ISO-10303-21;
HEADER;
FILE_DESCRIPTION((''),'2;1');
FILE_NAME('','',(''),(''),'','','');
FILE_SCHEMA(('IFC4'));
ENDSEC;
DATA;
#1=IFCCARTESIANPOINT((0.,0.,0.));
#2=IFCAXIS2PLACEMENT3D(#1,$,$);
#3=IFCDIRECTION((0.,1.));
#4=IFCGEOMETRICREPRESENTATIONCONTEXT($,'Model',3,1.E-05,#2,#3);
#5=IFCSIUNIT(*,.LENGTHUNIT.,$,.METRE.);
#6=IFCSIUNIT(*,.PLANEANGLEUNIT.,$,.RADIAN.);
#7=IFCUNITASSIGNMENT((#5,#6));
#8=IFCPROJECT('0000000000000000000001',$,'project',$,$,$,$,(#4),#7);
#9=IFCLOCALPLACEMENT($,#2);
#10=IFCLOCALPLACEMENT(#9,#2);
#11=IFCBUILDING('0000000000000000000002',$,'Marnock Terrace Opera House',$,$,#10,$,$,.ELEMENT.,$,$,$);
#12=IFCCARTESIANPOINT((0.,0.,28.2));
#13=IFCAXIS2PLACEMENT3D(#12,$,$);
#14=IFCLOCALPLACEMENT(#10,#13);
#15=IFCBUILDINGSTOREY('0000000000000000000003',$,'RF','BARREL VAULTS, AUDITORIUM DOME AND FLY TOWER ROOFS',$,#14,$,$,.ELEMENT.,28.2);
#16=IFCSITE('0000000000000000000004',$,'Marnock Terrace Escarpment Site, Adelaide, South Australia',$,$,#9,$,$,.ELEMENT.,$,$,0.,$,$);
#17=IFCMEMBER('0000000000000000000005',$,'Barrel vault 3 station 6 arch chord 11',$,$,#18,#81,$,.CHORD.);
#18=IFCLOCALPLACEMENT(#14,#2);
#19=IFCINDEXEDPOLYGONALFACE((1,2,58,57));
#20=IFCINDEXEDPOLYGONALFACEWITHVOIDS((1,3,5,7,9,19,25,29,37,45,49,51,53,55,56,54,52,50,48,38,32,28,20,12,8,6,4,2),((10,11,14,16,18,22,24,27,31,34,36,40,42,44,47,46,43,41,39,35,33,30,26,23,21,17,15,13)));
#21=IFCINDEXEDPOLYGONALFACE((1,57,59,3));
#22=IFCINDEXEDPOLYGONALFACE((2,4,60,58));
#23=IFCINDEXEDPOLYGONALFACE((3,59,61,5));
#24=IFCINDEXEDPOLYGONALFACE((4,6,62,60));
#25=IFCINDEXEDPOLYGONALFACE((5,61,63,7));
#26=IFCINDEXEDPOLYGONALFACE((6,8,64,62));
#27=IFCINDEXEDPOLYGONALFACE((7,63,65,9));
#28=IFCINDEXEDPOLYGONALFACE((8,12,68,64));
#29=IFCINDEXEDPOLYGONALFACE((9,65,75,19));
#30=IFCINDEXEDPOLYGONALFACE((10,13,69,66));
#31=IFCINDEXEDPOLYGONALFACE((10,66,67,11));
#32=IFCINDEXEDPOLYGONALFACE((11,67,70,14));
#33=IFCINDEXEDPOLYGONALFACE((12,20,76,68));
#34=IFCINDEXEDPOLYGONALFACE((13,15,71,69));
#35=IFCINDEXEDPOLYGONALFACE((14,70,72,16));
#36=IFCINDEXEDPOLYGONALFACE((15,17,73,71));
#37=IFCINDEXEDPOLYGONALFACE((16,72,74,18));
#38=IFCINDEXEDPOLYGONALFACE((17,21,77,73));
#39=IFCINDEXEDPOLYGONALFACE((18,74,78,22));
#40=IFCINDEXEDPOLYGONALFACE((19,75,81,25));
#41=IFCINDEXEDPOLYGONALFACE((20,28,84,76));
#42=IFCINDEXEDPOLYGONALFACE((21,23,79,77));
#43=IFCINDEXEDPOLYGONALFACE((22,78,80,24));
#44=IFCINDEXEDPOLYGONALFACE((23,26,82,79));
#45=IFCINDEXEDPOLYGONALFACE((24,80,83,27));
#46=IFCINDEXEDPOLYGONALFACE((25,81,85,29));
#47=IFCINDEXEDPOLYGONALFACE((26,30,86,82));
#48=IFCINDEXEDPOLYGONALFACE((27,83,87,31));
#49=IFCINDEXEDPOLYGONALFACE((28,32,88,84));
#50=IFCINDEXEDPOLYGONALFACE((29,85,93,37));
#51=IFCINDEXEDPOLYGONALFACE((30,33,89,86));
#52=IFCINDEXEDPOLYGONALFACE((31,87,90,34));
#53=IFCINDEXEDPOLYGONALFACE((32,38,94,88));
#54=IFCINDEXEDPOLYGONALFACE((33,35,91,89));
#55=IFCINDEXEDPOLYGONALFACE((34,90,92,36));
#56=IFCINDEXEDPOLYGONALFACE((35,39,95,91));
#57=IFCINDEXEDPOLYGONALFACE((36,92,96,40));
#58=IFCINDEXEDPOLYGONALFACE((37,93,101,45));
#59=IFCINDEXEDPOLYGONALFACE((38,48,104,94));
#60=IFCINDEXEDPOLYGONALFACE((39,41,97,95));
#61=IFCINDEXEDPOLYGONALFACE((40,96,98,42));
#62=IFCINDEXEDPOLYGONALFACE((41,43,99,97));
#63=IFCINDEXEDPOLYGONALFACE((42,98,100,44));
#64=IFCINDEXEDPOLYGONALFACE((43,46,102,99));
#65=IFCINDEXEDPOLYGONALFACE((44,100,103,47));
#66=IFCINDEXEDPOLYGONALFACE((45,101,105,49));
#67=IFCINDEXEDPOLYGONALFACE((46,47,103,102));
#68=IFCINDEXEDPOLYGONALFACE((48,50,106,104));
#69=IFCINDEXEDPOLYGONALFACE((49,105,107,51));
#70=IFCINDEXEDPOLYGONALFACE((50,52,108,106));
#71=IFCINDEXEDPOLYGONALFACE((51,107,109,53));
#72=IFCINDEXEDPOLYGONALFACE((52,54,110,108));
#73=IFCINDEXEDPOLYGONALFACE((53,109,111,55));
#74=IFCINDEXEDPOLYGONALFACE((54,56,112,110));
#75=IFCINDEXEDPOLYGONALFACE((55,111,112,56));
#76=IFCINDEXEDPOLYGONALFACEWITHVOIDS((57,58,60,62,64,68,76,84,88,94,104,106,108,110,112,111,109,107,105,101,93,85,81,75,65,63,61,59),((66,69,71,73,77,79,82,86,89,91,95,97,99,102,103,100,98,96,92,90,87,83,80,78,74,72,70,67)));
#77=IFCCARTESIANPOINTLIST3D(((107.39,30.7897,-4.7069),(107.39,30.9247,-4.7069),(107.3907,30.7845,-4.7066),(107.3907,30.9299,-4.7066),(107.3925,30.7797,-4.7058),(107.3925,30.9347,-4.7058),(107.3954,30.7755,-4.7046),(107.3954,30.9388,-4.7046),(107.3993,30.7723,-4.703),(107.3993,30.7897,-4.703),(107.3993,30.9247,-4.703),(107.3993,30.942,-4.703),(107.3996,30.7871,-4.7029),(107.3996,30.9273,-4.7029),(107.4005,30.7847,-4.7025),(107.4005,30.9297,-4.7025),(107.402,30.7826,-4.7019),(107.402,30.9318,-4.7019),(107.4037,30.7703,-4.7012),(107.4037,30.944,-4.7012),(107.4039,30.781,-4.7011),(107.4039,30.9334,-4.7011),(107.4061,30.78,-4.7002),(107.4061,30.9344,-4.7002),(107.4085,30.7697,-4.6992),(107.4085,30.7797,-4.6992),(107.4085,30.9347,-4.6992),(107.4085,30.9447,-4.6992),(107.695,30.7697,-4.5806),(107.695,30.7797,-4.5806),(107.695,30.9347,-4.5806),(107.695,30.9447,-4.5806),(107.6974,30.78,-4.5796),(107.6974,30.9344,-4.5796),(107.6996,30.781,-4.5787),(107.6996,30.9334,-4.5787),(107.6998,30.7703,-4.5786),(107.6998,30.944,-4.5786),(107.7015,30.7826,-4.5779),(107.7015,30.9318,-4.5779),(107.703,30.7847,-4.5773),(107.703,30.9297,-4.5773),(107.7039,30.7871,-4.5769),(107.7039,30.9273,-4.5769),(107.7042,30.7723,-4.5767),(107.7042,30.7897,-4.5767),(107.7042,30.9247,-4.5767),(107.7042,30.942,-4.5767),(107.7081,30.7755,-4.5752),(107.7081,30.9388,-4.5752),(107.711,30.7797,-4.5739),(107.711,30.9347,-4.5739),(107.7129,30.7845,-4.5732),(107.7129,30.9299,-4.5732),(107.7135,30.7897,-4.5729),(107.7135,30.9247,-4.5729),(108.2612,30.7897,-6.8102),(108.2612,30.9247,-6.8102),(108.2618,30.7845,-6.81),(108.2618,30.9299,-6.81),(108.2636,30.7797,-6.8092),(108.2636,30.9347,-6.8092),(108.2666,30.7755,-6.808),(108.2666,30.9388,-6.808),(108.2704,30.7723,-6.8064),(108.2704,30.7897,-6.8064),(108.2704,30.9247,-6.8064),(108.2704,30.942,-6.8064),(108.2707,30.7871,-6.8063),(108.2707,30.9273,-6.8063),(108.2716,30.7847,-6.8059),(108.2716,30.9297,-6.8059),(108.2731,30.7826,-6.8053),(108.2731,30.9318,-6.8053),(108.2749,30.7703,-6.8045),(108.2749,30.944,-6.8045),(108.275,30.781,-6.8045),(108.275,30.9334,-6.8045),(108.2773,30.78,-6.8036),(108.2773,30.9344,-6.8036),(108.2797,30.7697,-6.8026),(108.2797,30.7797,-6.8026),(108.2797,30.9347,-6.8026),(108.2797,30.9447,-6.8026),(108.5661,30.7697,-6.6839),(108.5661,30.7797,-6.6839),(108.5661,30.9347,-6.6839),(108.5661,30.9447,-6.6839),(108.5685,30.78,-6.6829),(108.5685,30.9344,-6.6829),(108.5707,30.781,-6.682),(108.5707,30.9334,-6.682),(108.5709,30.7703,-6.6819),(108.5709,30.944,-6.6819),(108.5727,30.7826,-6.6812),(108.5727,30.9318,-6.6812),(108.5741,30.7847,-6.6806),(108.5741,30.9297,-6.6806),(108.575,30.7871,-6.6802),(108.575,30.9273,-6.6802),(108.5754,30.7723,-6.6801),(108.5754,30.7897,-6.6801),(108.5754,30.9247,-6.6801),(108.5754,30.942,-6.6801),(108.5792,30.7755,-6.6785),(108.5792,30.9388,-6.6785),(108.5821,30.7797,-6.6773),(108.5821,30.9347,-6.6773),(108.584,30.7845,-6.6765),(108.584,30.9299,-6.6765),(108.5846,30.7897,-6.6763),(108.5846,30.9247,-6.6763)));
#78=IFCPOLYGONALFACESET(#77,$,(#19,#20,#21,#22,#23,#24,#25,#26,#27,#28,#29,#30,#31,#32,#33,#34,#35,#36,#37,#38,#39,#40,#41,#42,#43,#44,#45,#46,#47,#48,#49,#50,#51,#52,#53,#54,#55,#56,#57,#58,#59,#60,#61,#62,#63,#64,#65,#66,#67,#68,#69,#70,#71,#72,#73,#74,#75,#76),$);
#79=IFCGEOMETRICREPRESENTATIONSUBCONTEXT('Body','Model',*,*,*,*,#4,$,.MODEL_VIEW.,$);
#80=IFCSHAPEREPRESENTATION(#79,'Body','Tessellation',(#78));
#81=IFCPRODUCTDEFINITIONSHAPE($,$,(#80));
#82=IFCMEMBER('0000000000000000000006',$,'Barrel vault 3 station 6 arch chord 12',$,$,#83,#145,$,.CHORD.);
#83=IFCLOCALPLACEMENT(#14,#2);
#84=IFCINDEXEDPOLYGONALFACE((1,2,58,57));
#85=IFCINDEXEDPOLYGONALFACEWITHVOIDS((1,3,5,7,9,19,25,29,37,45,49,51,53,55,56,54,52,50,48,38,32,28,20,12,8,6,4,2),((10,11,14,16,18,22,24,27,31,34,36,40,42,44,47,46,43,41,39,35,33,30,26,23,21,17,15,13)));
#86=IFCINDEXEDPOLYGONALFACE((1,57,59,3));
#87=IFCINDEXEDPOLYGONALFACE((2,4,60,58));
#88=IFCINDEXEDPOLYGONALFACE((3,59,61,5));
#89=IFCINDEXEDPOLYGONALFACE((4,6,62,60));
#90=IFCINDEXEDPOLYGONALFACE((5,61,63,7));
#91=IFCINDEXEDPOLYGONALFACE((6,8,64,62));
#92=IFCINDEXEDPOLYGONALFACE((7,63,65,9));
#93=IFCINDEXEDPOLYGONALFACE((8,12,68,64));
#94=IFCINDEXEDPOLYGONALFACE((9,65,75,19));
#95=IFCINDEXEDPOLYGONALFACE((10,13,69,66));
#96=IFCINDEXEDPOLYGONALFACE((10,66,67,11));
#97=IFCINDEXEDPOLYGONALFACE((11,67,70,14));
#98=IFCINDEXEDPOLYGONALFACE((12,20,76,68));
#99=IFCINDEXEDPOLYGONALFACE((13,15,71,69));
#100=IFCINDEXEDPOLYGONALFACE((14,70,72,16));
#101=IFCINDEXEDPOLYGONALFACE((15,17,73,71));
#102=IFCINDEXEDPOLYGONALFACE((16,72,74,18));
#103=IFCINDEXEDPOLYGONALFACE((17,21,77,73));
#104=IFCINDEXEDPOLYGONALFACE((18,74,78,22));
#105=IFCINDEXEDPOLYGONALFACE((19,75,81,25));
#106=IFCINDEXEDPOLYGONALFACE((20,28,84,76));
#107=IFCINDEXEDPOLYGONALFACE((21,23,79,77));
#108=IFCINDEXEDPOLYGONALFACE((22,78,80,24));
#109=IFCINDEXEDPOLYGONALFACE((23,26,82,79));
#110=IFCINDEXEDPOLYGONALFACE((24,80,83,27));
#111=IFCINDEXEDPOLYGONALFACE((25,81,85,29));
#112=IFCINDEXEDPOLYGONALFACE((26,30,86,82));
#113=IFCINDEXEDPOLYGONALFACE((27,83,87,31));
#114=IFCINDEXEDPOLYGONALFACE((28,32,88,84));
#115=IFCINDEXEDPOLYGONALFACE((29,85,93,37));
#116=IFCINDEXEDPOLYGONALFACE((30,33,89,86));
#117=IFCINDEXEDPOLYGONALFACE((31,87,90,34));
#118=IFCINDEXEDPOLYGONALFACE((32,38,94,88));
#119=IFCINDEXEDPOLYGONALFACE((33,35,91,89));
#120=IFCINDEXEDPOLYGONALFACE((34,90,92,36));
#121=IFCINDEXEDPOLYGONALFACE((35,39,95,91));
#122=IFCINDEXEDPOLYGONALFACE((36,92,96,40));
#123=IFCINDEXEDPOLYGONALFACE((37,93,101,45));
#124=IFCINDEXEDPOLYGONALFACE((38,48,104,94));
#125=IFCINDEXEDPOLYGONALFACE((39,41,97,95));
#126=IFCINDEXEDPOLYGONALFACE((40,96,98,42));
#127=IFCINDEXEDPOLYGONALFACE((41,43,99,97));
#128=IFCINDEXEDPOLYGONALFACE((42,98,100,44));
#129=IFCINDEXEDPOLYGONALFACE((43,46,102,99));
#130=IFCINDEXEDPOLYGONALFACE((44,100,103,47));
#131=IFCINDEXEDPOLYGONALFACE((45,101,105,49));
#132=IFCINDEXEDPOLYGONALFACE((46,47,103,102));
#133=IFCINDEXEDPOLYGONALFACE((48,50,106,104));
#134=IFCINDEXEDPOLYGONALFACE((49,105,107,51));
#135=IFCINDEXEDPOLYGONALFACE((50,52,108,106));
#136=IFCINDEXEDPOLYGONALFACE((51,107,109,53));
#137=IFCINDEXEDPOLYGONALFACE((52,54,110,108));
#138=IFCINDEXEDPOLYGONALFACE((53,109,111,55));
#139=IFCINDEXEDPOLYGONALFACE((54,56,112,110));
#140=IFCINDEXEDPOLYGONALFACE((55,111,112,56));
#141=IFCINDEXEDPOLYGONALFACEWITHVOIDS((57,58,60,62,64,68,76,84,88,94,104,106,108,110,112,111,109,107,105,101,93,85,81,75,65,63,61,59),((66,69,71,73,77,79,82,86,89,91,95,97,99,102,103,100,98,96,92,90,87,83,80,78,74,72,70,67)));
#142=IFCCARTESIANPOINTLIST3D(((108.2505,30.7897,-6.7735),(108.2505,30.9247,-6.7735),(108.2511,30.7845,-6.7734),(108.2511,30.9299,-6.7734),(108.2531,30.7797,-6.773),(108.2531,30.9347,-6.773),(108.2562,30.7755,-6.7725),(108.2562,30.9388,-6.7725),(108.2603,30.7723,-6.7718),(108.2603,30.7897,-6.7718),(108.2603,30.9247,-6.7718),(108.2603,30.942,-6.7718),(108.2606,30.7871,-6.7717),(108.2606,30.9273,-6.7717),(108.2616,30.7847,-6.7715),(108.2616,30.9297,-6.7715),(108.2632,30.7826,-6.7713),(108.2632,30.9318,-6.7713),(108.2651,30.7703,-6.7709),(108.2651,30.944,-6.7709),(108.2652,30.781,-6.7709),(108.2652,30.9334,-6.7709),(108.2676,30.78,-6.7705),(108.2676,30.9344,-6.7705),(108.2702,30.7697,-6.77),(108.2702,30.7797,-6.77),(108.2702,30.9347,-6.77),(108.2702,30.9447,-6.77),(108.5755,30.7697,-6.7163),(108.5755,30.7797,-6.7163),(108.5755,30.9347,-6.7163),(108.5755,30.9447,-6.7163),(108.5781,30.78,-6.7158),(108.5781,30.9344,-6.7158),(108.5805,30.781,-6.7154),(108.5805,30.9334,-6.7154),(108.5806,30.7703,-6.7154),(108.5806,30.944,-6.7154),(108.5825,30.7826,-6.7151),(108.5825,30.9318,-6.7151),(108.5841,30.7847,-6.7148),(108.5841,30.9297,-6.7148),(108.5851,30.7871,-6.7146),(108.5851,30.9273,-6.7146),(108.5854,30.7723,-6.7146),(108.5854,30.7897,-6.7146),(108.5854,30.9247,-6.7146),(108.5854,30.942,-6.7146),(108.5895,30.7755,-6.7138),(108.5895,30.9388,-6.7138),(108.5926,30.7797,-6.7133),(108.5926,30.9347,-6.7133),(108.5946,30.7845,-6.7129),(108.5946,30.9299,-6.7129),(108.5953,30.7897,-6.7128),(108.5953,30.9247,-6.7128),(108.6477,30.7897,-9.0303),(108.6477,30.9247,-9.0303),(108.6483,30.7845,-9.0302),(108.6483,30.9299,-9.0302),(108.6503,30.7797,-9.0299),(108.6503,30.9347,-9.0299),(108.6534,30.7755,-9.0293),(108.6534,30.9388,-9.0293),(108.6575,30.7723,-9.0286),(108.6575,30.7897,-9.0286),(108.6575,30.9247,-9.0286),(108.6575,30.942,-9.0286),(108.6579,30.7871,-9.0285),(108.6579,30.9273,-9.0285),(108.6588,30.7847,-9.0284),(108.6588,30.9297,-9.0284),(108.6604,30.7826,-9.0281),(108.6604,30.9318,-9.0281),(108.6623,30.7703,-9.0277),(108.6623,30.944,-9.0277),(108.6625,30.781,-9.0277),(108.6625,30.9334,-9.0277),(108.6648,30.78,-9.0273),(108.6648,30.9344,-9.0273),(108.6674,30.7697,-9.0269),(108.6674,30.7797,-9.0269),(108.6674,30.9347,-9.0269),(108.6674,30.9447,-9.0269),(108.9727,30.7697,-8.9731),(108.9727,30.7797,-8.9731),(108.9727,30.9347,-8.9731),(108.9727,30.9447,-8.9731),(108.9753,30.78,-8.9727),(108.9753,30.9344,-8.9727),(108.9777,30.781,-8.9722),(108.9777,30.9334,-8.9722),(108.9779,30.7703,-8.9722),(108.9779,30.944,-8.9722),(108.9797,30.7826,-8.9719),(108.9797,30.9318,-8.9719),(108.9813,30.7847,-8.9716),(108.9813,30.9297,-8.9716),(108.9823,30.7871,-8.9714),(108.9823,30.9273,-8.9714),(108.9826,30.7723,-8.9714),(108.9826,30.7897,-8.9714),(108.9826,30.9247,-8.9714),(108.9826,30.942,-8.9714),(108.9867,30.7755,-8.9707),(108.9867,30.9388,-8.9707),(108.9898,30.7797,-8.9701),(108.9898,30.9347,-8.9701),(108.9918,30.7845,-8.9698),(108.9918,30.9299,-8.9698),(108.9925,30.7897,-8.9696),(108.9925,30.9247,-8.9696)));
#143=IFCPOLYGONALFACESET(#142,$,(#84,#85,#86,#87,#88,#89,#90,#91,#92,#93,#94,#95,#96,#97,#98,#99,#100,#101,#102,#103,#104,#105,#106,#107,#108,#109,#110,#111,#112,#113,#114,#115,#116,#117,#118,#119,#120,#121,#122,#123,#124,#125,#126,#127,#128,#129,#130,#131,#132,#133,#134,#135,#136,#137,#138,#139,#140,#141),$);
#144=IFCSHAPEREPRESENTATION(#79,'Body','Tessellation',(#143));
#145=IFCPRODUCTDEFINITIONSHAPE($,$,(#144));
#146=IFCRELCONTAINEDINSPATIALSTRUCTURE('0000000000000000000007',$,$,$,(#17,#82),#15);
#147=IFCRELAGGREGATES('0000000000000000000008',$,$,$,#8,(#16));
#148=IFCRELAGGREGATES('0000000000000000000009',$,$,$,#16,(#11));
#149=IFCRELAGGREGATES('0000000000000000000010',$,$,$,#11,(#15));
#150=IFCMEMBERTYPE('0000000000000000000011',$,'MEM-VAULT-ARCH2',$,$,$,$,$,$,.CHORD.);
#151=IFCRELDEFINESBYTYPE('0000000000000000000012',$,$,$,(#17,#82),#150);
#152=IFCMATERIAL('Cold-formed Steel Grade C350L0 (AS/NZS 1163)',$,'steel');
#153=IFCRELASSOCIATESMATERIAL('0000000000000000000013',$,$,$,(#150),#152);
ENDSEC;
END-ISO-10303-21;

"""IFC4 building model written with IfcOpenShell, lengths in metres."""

from ifc_helpers import new_model, si_unit, direction, frame, origin, origin_2d, place, context, subcontext, project, spatial, hollow_rectangle, extrude, material, material_profile, profile_set, type_object, element, save


model = new_model("IFC4")

# Units and contexts
model_context = context("Model", 3, precision=1e-05, world=origin(), true_north=direction((0.0, 1.0)))
body_context = subcontext(model_context, "Body", "Model", "MODEL_VIEW")
ifc_project = project(units=[si_unit("LENGTHUNIT", "METRE"), si_unit("PLANEANGLEUNIT", "RADIAN")], contexts=[model_context])

# Site, building, storey
site_placement = place(None, origin())
site = spatial("IfcSite", under=ifc_project, at=site_placement, Name="Marnock Terrace Escarpment Site, Adelaide, South Australia", CompositionType="ELEMENT", RefElevation=0.0)
building_placement = place(site_placement, origin())
building = spatial("IfcBuilding", under=site, at=building_placement, Name="Marnock Terrace Opera House", CompositionType="ELEMENT")
storey_placement = place(building_placement, frame((0.0, 0.0, 28.2)))
storey = spatial("IfcBuildingStorey", under=building, at=storey_placement, Name="RF", Description="BARREL VAULTS, AUDITORIUM DOME AND FLY TOWER ROOFS", CompositionType="ELEMENT", Elevation=28.2)

# Members
ifc_material = material(Name="Cold-formed Steel Grade C350L0 (AS/NZS 1163)", Category="steel")
ifc_material_profile_1 = material_profile(ifc_material, hollow_rectangle(XDim=0.175, YDim=0.3501, WallThickness=0.01, InnerFilletRadius=0.01, OuterFilletRadius=0.02, at=origin_2d()))
ifc_profile_set_1 = profile_set([ifc_material_profile_1], Name="Cold-formed Steel Grade C350L0 (AS/NZS 1163)")
member_type_1 = type_object("IfcMemberType", Name="MEM-VAULT-ARCH2", PredefinedType="CHORD", material=ifc_profile_set_1)
member_1_placement = place(storey_placement, frame((107.5518, 30.8572, -4.6399), z_axis=(0.382642, 0.0, -0.923897), x_axis=(0.0, 1.0, 0.0)))
element("IfcMember", 1, at=member_1_placement, inside=storey, type_object=member_type_1, Name="Barrel vault 3 station 6 arch chord 11", PredefinedType="CHORD", context=body_context, shape_type="SweptSolid", body=[
    extrude(hollow_rectangle(XDim=0.175, YDim=0.3501, WallThickness=0.01, InnerFilletRadius=0.01, OuterFilletRadius=0.02, at=origin_2d()), origin(), (0.0, 0.0, 1.0), 2.2766),
])
member_2_placement = place(storey_placement, frame((108.4229, 30.8572, -6.7432), z_axis=(0.173342, 0.0, -0.984862), x_axis=(0.0, 1.0, 0.0)))
element("IfcMember", 2, at=member_2_placement, inside=storey, type_object=member_type_1, Name="Barrel vault 3 station 6 arch chord 12", PredefinedType="CHORD", context=body_context, shape_type="SweptSolid", body=[
    extrude(hollow_rectangle(XDim=0.175, YDim=0.3501, WallThickness=0.01, InnerFilletRadius=0.01, OuterFilletRadius=0.02, at=origin_2d()), origin(), (0.0, 0.0, 1.0), 2.2915),
])

save(model, "model.ifc")
